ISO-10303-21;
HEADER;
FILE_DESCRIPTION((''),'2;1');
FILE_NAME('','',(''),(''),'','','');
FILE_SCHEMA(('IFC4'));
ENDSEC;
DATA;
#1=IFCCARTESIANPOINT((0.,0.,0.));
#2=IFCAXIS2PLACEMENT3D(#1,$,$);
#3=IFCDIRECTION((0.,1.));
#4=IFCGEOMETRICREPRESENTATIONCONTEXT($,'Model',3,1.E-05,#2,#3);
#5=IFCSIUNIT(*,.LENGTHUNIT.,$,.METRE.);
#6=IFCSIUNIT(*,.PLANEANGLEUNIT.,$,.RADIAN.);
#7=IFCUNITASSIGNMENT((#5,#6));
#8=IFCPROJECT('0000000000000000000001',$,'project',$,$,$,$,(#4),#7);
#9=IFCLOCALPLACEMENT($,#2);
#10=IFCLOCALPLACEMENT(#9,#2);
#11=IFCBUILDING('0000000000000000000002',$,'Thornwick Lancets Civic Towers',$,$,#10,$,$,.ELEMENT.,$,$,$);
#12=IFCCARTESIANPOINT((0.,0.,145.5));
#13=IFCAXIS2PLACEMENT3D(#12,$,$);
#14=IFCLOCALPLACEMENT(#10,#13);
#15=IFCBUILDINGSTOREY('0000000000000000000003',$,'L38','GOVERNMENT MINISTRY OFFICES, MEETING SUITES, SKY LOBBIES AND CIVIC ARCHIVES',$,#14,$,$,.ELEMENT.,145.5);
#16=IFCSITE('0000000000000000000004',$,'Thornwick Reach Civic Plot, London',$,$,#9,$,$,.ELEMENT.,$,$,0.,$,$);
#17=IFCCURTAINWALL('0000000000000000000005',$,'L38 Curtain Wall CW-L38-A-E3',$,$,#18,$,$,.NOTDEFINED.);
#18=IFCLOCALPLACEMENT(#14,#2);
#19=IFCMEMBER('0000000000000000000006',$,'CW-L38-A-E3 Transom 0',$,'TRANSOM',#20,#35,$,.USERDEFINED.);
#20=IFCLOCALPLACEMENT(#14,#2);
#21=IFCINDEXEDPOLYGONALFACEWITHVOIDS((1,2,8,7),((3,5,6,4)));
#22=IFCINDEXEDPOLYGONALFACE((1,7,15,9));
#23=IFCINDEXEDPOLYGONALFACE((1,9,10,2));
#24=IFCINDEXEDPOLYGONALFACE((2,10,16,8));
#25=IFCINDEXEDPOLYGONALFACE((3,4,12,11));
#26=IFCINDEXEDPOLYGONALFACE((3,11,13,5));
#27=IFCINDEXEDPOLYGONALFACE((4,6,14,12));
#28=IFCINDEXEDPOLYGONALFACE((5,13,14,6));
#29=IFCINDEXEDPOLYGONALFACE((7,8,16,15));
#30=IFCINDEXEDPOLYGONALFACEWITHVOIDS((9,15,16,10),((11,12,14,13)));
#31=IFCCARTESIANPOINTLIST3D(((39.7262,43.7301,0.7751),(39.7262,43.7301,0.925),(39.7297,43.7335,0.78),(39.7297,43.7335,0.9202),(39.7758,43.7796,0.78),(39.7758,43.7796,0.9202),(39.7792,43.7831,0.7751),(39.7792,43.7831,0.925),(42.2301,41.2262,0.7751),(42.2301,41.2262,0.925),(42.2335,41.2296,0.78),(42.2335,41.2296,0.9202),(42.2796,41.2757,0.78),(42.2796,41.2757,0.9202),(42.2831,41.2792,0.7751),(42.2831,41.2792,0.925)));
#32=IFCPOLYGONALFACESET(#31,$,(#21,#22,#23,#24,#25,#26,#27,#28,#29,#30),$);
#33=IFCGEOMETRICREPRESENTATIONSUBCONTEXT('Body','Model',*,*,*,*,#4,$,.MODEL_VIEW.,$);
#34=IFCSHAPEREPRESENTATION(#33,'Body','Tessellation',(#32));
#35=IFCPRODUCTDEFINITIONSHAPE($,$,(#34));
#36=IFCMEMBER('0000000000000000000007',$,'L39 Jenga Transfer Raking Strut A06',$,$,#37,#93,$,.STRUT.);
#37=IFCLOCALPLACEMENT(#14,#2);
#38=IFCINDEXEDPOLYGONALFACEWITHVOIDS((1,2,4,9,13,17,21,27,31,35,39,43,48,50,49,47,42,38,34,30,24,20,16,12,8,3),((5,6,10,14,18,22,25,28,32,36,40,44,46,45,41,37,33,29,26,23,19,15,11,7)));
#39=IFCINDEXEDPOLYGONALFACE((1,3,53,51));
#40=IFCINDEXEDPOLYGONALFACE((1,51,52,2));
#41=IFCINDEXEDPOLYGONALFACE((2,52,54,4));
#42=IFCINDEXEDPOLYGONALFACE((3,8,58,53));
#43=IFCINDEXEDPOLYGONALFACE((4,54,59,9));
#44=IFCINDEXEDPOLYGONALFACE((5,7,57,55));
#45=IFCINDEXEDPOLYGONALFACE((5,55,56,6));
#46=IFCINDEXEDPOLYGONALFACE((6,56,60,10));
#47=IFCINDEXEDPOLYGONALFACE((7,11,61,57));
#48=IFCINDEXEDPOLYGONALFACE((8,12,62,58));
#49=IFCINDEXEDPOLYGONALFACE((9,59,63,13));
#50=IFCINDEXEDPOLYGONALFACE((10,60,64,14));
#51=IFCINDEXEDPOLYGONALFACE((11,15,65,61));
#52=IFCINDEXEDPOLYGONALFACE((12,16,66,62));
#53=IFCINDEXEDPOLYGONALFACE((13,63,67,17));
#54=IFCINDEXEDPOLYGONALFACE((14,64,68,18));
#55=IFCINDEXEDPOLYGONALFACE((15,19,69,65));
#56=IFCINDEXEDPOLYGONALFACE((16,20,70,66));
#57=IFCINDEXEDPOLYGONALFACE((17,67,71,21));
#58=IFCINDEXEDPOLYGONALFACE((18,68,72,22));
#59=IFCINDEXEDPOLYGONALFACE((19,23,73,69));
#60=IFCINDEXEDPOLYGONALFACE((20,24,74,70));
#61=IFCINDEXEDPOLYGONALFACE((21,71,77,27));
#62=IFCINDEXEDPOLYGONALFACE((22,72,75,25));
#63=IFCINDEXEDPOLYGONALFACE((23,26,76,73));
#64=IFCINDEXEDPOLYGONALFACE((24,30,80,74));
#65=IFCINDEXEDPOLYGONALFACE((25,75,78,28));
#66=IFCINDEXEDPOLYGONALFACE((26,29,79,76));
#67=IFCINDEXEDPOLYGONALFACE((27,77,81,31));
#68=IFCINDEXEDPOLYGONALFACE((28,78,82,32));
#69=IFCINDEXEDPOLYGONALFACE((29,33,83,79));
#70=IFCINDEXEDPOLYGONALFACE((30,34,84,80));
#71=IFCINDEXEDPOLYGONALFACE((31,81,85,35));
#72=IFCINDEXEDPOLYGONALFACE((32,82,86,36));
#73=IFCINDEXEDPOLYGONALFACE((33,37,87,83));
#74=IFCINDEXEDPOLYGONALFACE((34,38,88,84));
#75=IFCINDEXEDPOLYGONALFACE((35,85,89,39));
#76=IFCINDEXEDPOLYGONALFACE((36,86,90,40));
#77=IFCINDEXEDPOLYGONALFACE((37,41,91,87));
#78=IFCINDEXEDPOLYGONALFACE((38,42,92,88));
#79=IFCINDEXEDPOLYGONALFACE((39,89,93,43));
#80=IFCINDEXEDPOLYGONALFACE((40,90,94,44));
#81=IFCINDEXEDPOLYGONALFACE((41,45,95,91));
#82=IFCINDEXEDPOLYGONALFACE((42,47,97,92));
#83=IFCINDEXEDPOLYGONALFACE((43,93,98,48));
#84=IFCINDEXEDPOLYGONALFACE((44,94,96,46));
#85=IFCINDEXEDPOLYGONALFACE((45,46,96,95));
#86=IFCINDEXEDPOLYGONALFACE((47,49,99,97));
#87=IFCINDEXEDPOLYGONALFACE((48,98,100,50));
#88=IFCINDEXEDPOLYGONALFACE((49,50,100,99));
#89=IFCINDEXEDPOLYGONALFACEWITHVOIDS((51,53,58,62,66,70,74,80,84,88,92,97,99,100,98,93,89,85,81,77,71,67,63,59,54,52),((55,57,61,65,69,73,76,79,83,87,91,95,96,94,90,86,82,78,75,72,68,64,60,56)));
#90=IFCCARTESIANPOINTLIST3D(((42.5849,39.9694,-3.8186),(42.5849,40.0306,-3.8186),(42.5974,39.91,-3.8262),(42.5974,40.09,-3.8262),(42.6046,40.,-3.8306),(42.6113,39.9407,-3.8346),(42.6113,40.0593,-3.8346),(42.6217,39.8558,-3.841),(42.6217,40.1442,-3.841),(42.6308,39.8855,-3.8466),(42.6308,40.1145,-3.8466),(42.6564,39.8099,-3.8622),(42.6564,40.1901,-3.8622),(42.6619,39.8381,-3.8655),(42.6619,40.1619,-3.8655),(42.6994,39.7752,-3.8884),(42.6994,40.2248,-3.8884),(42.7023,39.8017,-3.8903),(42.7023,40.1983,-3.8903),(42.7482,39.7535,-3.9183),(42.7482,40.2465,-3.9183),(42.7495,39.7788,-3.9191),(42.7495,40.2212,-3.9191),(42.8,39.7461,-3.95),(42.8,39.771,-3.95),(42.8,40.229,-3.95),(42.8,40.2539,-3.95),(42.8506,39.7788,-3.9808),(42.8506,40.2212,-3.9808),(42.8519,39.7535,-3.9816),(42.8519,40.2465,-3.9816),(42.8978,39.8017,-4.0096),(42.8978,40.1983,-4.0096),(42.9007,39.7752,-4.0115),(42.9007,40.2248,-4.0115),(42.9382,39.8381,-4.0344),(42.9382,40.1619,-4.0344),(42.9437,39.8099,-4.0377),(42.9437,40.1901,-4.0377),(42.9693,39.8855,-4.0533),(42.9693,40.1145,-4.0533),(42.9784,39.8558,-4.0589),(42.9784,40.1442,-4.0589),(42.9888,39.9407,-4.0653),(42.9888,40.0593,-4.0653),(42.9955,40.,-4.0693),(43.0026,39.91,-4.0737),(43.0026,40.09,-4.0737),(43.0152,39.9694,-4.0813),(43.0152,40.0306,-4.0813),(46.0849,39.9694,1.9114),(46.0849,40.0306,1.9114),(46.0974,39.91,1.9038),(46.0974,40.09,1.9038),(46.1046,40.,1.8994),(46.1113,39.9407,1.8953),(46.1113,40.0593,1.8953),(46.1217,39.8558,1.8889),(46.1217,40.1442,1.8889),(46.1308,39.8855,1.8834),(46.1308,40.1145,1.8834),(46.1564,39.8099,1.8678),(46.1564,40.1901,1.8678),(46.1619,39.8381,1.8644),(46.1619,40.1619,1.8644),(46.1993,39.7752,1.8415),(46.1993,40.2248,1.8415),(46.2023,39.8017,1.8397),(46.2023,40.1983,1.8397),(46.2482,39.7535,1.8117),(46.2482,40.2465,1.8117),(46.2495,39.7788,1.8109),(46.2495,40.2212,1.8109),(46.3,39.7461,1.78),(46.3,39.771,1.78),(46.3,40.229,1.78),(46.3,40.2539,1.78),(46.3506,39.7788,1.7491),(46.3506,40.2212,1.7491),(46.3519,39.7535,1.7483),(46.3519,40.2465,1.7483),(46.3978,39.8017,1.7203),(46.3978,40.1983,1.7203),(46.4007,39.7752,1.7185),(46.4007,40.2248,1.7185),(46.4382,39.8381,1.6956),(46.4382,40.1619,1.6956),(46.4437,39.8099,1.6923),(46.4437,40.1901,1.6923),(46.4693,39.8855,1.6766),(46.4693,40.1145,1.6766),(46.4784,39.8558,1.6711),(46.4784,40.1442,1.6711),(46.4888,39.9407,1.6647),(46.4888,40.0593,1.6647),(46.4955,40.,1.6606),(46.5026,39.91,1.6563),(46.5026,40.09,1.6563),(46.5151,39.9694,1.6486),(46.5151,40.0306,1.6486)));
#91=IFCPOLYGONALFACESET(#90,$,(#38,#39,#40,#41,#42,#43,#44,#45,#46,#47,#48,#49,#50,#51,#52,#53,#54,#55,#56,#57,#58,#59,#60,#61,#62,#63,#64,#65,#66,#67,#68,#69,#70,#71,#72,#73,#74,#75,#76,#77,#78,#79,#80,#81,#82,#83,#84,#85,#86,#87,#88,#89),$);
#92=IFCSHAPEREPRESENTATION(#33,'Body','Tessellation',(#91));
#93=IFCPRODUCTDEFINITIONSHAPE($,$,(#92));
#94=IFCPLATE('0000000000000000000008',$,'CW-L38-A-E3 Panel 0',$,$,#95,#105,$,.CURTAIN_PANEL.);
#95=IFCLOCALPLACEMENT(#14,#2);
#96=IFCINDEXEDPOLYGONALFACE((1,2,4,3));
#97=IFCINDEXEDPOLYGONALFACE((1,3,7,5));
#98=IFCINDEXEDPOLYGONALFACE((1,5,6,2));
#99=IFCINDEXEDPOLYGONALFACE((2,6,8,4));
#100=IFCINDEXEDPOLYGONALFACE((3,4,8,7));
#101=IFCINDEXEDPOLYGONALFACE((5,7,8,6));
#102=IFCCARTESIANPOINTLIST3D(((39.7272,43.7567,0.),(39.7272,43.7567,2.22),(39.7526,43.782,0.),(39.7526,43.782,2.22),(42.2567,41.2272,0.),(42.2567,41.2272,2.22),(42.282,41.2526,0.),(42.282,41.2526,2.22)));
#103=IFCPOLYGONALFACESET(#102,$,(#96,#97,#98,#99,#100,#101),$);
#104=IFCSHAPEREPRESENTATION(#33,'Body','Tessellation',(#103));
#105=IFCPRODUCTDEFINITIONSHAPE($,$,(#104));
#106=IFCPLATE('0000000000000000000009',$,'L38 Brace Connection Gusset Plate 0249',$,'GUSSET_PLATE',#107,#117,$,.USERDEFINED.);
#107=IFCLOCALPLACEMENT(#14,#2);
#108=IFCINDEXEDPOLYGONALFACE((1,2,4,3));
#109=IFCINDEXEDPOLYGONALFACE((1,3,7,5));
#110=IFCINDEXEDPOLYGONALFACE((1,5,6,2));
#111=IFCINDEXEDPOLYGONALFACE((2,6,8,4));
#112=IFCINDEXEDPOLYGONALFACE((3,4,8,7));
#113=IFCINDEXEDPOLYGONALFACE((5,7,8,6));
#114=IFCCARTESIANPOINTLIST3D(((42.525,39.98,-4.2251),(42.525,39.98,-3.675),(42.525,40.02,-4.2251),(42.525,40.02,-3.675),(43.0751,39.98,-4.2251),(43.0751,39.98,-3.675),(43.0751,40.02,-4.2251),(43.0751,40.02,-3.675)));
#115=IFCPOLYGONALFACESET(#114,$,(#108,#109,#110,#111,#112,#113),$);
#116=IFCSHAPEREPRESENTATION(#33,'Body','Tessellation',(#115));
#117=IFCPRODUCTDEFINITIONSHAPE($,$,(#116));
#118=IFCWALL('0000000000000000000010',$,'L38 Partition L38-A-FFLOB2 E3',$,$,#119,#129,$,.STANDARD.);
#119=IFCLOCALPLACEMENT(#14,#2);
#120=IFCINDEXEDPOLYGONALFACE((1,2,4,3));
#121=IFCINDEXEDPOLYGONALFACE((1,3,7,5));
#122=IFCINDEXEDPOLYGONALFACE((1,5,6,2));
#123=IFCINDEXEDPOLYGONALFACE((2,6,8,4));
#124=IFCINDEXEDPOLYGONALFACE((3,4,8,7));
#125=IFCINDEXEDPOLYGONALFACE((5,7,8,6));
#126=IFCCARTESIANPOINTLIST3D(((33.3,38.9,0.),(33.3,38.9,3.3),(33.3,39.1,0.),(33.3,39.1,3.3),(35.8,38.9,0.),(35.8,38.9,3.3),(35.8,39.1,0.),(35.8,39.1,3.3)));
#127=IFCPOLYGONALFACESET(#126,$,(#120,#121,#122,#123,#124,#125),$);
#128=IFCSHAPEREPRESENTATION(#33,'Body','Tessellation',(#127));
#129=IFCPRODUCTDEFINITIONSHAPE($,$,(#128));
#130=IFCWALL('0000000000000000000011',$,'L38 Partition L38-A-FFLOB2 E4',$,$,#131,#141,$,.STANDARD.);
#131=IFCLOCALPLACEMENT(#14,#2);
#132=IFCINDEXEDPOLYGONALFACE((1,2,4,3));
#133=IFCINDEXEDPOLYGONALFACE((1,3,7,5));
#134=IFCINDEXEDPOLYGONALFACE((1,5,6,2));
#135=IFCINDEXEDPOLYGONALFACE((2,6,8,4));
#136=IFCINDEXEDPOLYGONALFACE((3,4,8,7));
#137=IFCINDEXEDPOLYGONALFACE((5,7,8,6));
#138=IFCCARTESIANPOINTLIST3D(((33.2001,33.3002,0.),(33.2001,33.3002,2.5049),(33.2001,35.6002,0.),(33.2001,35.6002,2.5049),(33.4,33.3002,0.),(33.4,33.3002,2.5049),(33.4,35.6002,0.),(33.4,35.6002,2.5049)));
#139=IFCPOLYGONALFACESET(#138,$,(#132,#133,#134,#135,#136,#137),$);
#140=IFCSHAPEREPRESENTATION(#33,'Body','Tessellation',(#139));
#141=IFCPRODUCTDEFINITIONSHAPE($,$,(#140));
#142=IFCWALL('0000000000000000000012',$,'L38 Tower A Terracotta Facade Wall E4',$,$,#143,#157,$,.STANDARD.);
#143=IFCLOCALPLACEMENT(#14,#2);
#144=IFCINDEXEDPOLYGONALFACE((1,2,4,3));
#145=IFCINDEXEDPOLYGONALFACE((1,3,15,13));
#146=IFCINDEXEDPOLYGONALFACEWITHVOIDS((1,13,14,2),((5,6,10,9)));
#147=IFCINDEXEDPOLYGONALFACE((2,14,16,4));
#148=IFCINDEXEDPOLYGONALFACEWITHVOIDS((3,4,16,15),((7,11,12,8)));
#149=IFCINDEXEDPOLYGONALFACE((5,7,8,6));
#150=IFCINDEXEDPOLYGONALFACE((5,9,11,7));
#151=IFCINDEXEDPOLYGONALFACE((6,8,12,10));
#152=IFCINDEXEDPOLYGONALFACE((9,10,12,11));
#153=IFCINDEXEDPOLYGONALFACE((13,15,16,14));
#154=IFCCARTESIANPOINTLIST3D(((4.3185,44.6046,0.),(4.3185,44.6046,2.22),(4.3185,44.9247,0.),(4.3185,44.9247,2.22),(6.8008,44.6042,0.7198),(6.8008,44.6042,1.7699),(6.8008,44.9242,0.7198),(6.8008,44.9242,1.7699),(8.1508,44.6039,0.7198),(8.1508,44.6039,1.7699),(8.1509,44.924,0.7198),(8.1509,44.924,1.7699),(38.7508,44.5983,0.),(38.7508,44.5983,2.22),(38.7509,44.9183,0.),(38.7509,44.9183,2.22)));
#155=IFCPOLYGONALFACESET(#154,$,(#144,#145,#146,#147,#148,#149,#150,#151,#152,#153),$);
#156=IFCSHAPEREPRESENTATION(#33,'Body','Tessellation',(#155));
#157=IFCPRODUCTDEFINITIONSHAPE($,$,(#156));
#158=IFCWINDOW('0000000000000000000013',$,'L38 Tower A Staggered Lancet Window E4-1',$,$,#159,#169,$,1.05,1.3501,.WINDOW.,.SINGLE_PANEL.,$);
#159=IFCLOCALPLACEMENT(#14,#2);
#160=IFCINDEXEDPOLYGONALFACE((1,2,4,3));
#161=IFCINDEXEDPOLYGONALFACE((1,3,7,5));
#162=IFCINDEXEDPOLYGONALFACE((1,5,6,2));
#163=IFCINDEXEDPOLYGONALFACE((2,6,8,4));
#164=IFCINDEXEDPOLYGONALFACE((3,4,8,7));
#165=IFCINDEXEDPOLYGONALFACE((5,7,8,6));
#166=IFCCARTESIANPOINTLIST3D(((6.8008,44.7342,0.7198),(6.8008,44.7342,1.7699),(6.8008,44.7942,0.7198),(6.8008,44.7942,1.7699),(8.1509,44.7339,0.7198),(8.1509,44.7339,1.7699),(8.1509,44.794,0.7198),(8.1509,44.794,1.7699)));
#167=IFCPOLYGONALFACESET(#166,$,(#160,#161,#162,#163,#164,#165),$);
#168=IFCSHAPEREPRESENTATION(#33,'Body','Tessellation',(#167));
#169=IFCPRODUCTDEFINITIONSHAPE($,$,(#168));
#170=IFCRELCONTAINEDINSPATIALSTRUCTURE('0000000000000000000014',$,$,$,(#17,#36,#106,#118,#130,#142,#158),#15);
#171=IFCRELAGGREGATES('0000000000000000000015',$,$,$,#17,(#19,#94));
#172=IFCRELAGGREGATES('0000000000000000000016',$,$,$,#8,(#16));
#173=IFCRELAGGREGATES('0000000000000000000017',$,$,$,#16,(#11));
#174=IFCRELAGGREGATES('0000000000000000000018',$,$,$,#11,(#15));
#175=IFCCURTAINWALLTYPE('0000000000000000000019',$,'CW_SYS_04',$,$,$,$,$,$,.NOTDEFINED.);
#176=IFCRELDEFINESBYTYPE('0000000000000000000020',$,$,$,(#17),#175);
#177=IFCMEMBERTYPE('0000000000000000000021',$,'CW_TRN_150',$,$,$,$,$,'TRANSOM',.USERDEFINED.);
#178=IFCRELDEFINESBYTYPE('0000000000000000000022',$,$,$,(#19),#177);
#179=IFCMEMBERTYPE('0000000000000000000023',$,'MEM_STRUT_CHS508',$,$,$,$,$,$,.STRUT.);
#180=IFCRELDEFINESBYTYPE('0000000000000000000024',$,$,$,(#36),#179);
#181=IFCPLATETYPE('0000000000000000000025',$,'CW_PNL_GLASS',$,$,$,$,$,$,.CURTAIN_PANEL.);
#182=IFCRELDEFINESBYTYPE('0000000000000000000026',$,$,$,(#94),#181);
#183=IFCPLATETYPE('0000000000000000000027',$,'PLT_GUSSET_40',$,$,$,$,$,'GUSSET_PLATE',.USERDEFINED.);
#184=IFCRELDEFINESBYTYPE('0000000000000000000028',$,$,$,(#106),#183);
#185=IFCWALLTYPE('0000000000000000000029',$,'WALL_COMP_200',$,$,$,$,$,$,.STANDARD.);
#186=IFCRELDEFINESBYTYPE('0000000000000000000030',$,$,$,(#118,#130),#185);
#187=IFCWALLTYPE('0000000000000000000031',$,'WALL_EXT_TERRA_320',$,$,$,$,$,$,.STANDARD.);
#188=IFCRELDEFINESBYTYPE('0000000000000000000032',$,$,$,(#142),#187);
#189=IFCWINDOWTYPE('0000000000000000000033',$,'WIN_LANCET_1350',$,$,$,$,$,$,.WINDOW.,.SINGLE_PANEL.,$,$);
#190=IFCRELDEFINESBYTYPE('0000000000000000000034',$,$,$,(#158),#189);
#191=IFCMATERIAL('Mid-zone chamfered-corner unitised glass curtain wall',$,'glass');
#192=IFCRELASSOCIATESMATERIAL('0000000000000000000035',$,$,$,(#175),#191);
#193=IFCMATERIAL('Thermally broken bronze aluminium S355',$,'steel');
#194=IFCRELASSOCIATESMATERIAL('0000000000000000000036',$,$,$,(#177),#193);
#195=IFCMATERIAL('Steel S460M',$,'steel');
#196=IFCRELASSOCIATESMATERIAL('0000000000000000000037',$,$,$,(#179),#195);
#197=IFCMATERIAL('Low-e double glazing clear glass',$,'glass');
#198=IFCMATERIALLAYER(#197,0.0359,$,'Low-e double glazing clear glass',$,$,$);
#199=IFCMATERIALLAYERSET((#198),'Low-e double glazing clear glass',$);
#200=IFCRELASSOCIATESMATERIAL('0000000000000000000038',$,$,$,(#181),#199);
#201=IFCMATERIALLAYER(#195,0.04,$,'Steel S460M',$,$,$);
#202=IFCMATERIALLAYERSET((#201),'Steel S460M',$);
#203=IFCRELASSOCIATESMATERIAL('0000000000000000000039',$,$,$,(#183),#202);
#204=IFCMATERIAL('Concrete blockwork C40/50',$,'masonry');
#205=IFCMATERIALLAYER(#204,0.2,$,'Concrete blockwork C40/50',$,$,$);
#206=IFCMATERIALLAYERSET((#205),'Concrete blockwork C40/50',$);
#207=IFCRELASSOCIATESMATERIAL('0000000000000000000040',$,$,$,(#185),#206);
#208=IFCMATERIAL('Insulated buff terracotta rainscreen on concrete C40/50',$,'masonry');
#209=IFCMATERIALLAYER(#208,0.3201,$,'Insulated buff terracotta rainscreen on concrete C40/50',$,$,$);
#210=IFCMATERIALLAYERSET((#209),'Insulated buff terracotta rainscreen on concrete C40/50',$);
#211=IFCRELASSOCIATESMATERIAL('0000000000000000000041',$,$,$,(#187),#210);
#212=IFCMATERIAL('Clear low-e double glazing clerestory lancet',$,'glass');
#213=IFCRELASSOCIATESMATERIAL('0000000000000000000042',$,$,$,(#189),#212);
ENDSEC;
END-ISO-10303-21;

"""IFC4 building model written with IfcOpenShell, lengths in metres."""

from ifc_helpers import new_model, si_unit, direction, frame, frame_2d, origin, origin_2d, place, context, subcontext, project, spatial, rectangle, hollow_rectangle, hollow_circle, extrude, material, layer, layer_set, material_profile, profile_set, type_object, element, fill, aggregate, save


model = new_model("IFC4")

# Units and contexts
model_context = context("Model", 3, precision=1e-05, world=origin(), true_north=direction((0.0, 1.0)))
body_context = subcontext(model_context, "Body", "Model", "MODEL_VIEW")
ifc_project = project(units=[si_unit("LENGTHUNIT", "METRE"), si_unit("PLANEANGLEUNIT", "RADIAN")], contexts=[model_context])

# Site, building, storey
site_placement = place(None, origin())
site = spatial("IfcSite", under=ifc_project, at=site_placement, Name="Thornwick Reach Civic Plot, London", CompositionType="ELEMENT", RefElevation=0.0)
building_placement = place(site_placement, origin())
building = spatial("IfcBuilding", under=site, at=building_placement, Name="Thornwick Lancets Civic Towers", CompositionType="ELEMENT")
storey_placement = place(building_placement, frame((0.0, 0.0, 145.5)))
storey = spatial("IfcBuildingStorey", under=building, at=storey_placement, Name="L38", Description="GOVERNMENT MINISTRY OFFICES, MEETING SUITES, SKY LOBBIES AND CIVIC ARCHIVES", CompositionType="ELEMENT", Elevation=145.5)

# Curtain wall, member
ifc_material_1 = material(Name="Mid-zone chamfered-corner unitised glass curtain wall", Category="glass")
curtain_wall_type = type_object("IfcCurtainWallType", Name="CW_SYS_04", PredefinedType="NOTDEFINED", material=ifc_material_1)
curtain_wall_placement = place(storey_placement, origin())
curtain_wall = element("IfcCurtainWall", 1, at=curtain_wall_placement, inside=storey, type_object=curtain_wall_type, Name="L38 Curtain Wall CW-L38-A-E3", PredefinedType="NOTDEFINED")
ifc_material_2 = material(Name="Thermally broken bronze aluminium S355", Category="steel")
ifc_material_profile_1 = material_profile(ifc_material_2, hollow_rectangle(XDim=0.075, YDim=0.1499, WallThickness=0.0049, at=origin_2d()), Name="RHS 150x75x5")
ifc_profile_set_1 = profile_set([ifc_material_profile_1], Name="Thermally broken bronze aluminium S355")
member_type_1 = type_object("IfcMemberType", Name="CW_TRN_150", ElementType="TRANSOM", PredefinedType="USERDEFINED", material=ifc_profile_set_1)
member_1_placement = place(storey_placement, frame((42.2566, 41.2527, 0.8501), z_axis=(-0.707107, 0.707107, 0.0), x_axis=(-0.707107, -0.707107, 0.0)))
member_1 = element("IfcMember", 2, at=member_1_placement, type_object=member_type_1, Name="CW-L38-A-E3 Transom 0", ObjectType="TRANSOM", PredefinedType="USERDEFINED", context=body_context, shape_type="SweptSolid", body=[
    extrude(hollow_rectangle(XDim=0.075, YDim=0.1499, WallThickness=0.0049, at=origin_2d()), origin(), (0.0, 0.0, 1.0), 3.541),
])

# Member
ifc_material_3 = material(Name="Steel S460M", Category="steel")
ifc_material_profile_2 = material_profile(ifc_material_3, hollow_circle(Radius=0.2539, WallThickness=0.0249, at=origin_2d()), Name="CHS 508x25")
ifc_profile_set_2 = profile_set([ifc_material_profile_2], Name="Steel S460M")
member_type_2 = type_object("IfcMemberType", Name="MEM_STRUT_CHS508", PredefinedType="STRUT", material=ifc_profile_set_2)
member_2_placement = place(storey_placement, frame((42.8, 40.0, -3.95), z_axis=(0.521271, 0.0, 0.853391), x_axis=(0.0, 1.0, 0.0)))
element("IfcMember", 3, at=member_2_placement, inside=storey, type_object=member_type_2, Name="L39 Jenga Transfer Raking Strut A06", PredefinedType="STRUT", context=body_context, shape_type="SweptSolid", body=[
    extrude(hollow_circle(Radius=0.2539, WallThickness=0.0249, at=origin_2d()), origin(), (0.0, 0.0, 1.0), 6.7144),
])

# Plates
ifc_material_4 = material(Name="Low-e double glazing clear glass", Category="glass")
ifc_layer_1 = layer(ifc_material_4, 0.0359, Name="Low-e double glazing clear glass")
ifc_layer_set_1 = layer_set([ifc_layer_1], Name="Low-e double glazing clear glass")
plate_type_1 = type_object("IfcPlateType", Name="CW_PNL_GLASS", PredefinedType="CURTAIN_PANEL", material=ifc_layer_set_1)
plate_1_placement = place(storey_placement, frame((41.0046, 42.5046, 0.0), z_axis=(0.0, 0.0, 1.0), x_axis=(-0.707107, 0.707107, 0.0)))
plate_1 = element("IfcPlate", 4, at=plate_1_placement, type_object=plate_type_1, Name="CW-L38-A-E3 Panel 0", PredefinedType="CURTAIN_PANEL", context=body_context, shape_type="SweptSolid", body=[
    extrude(rectangle(XDim=3.5771, YDim=0.0359, at=origin_2d()), origin(), (0.0, 0.0, 1.0), 2.22),
])
aggregate(curtain_wall, [member_1, plate_1])
ifc_layer_2 = layer(ifc_material_3, 0.04, Name="Steel S460M")
ifc_layer_set_2 = layer_set([ifc_layer_2], Name="Steel S460M")
plate_type_2 = type_object("IfcPlateType", Name="PLT_GUSSET_40", ElementType="GUSSET_PLATE", PredefinedType="USERDEFINED", material=ifc_layer_set_2)
plate_2_placement = place(storey_placement, frame((42.8, 40.0, -4.2251), z_axis=(0.0, 0.0, 1.0), x_axis=(1.0, 0.0, 0.0)))
element("IfcPlate", 5, at=plate_2_placement, inside=storey, type_object=plate_type_2, Name="L38 Brace Connection Gusset Plate 0249", ObjectType="GUSSET_PLATE", PredefinedType="USERDEFINED", context=body_context, shape_type="SweptSolid", body=[
    extrude(rectangle(XDim=0.55, YDim=0.04, at=origin_2d()), origin(), (0.0, 0.0, 1.0), 0.55),
])

# Walls
ifc_material_5 = material(Name="Concrete blockwork C40/50", Category="masonry")
ifc_layer_3 = layer(ifc_material_5, 0.2, Name="Concrete blockwork C40/50")
ifc_layer_set_3 = layer_set([ifc_layer_3], Name="Concrete blockwork C40/50")
wall_type_1 = type_object("IfcWallType", Name="WALL_COMP_200", PredefinedType="STANDARD", material=ifc_layer_set_3)
wall_1_placement = place(storey_placement, frame((35.8, 39.0, 0.0), z_axis=(0.0, 0.0, 1.0), x_axis=(-1.0, 0.0, 0.0)))
element("IfcWall", 6, at=wall_1_placement, inside=storey, type_object=wall_type_1, Name="L38 Partition L38-A-FFLOB2 E3", PredefinedType="STANDARD", context=body_context, shape_type="SweptSolid", body=[
    extrude(rectangle(XDim=2.5, YDim=0.2, at=frame_2d((1.25, 0.0))), origin(), (0.0, 0.0, 1.0), 3.3),
])
wall_2_placement = place(storey_placement, frame((33.3, 35.6001, 0.0), z_axis=(0.0, 0.0, 1.0), x_axis=(0.0, -1.0, 0.0)))
element("IfcWall", 7, at=wall_2_placement, inside=storey, type_object=wall_type_1, Name="L38 Partition L38-A-FFLOB2 E4", PredefinedType="STANDARD", context=body_context, shape_type="SweptSolid", body=[
    extrude(rectangle(XDim=2.3, YDim=0.2, at=frame_2d((1.1499, 0.0))), origin(), (0.0, 0.0, 1.0), 2.5049),
])

# Wall, opening, window
ifc_material_6 = material(Name="Insulated buff terracotta rainscreen on concrete C40/50", Category="masonry")
ifc_layer_4 = layer(ifc_material_6, 0.3201, Name="Insulated buff terracotta rainscreen on concrete C40/50")
ifc_layer_set_4 = layer_set([ifc_layer_4], Name="Insulated buff terracotta rainscreen on concrete C40/50")
wall_type_2 = type_object("IfcWallType", Name="WALL_EXT_TERRA_320", PredefinedType="STANDARD", material=ifc_layer_set_4)
wall_3_placement = place(storey_placement, frame((38.751, 44.7583, 0.0), z_axis=(0.0, 0.0, 1.0), x_axis=(-1.0, 0.000184, 0.0)))
wall_3 = element("IfcWall", 8, at=wall_3_placement, inside=storey, type_object=wall_type_2, Name="L38 Tower A Terracotta Facade Wall E4", PredefinedType="STANDARD", context=body_context, shape_type="SweptSolid", body=[
    extrude(rectangle(XDim=34.4324, YDim=0.3201, at=frame_2d((17.2163, 0.0))), origin(), (0.0, 0.0, 1.0), 2.22),
])
opening_1_placement = place(wall_3_placement, frame((30.6001, 0.0, 0.72)))
opening_1 = element("IfcOpeningElement", 9, at=opening_1_placement, cuts=wall_3, PredefinedType="OPENING", context=body_context, shape_type="SweptSolid", body=[
    extrude(rectangle(XDim=1.3501, YDim=1.05, at=frame_2d((0.675, 0.5249))), frame((0.0, 0.1699, 0.0), z_axis=(0.0, -1.0, 0.0), x_axis=(1.0, 0.0, 0.0)), (0.0, 0.0, 1.0), 0.3401),
])
ifc_material_7 = material(Name="Clear low-e double glazing clerestory lancet", Category="glass")
window_type = type_object("IfcWindowType", Name="WIN_LANCET_1350", PartitioningType="SINGLE_PANEL", PredefinedType="WINDOW", material=ifc_material_7)
window_placement = place(opening_1_placement, origin())
window = element("IfcWindow", 10, at=window_placement, inside=storey, type_object=window_type, Name="L38 Tower A Staggered Lancet Window E4-1", OverallHeight=1.05, OverallWidth=1.3501, PartitioningType="SINGLE_PANEL", PredefinedType="WINDOW", context=body_context, shape_type="SweptSolid", body=[
    extrude(rectangle(XDim=1.3501, YDim=1.05, at=frame_2d((0.675, 0.5249))), frame((0.0, 0.03, 0.0), z_axis=(0.0, -1.0, 0.0), x_axis=(1.0, 0.0, 0.0)), (0.0, 0.0, 1.0), 0.0601),
])
fill(opening_1, window)

save(model, "model.ifc")
